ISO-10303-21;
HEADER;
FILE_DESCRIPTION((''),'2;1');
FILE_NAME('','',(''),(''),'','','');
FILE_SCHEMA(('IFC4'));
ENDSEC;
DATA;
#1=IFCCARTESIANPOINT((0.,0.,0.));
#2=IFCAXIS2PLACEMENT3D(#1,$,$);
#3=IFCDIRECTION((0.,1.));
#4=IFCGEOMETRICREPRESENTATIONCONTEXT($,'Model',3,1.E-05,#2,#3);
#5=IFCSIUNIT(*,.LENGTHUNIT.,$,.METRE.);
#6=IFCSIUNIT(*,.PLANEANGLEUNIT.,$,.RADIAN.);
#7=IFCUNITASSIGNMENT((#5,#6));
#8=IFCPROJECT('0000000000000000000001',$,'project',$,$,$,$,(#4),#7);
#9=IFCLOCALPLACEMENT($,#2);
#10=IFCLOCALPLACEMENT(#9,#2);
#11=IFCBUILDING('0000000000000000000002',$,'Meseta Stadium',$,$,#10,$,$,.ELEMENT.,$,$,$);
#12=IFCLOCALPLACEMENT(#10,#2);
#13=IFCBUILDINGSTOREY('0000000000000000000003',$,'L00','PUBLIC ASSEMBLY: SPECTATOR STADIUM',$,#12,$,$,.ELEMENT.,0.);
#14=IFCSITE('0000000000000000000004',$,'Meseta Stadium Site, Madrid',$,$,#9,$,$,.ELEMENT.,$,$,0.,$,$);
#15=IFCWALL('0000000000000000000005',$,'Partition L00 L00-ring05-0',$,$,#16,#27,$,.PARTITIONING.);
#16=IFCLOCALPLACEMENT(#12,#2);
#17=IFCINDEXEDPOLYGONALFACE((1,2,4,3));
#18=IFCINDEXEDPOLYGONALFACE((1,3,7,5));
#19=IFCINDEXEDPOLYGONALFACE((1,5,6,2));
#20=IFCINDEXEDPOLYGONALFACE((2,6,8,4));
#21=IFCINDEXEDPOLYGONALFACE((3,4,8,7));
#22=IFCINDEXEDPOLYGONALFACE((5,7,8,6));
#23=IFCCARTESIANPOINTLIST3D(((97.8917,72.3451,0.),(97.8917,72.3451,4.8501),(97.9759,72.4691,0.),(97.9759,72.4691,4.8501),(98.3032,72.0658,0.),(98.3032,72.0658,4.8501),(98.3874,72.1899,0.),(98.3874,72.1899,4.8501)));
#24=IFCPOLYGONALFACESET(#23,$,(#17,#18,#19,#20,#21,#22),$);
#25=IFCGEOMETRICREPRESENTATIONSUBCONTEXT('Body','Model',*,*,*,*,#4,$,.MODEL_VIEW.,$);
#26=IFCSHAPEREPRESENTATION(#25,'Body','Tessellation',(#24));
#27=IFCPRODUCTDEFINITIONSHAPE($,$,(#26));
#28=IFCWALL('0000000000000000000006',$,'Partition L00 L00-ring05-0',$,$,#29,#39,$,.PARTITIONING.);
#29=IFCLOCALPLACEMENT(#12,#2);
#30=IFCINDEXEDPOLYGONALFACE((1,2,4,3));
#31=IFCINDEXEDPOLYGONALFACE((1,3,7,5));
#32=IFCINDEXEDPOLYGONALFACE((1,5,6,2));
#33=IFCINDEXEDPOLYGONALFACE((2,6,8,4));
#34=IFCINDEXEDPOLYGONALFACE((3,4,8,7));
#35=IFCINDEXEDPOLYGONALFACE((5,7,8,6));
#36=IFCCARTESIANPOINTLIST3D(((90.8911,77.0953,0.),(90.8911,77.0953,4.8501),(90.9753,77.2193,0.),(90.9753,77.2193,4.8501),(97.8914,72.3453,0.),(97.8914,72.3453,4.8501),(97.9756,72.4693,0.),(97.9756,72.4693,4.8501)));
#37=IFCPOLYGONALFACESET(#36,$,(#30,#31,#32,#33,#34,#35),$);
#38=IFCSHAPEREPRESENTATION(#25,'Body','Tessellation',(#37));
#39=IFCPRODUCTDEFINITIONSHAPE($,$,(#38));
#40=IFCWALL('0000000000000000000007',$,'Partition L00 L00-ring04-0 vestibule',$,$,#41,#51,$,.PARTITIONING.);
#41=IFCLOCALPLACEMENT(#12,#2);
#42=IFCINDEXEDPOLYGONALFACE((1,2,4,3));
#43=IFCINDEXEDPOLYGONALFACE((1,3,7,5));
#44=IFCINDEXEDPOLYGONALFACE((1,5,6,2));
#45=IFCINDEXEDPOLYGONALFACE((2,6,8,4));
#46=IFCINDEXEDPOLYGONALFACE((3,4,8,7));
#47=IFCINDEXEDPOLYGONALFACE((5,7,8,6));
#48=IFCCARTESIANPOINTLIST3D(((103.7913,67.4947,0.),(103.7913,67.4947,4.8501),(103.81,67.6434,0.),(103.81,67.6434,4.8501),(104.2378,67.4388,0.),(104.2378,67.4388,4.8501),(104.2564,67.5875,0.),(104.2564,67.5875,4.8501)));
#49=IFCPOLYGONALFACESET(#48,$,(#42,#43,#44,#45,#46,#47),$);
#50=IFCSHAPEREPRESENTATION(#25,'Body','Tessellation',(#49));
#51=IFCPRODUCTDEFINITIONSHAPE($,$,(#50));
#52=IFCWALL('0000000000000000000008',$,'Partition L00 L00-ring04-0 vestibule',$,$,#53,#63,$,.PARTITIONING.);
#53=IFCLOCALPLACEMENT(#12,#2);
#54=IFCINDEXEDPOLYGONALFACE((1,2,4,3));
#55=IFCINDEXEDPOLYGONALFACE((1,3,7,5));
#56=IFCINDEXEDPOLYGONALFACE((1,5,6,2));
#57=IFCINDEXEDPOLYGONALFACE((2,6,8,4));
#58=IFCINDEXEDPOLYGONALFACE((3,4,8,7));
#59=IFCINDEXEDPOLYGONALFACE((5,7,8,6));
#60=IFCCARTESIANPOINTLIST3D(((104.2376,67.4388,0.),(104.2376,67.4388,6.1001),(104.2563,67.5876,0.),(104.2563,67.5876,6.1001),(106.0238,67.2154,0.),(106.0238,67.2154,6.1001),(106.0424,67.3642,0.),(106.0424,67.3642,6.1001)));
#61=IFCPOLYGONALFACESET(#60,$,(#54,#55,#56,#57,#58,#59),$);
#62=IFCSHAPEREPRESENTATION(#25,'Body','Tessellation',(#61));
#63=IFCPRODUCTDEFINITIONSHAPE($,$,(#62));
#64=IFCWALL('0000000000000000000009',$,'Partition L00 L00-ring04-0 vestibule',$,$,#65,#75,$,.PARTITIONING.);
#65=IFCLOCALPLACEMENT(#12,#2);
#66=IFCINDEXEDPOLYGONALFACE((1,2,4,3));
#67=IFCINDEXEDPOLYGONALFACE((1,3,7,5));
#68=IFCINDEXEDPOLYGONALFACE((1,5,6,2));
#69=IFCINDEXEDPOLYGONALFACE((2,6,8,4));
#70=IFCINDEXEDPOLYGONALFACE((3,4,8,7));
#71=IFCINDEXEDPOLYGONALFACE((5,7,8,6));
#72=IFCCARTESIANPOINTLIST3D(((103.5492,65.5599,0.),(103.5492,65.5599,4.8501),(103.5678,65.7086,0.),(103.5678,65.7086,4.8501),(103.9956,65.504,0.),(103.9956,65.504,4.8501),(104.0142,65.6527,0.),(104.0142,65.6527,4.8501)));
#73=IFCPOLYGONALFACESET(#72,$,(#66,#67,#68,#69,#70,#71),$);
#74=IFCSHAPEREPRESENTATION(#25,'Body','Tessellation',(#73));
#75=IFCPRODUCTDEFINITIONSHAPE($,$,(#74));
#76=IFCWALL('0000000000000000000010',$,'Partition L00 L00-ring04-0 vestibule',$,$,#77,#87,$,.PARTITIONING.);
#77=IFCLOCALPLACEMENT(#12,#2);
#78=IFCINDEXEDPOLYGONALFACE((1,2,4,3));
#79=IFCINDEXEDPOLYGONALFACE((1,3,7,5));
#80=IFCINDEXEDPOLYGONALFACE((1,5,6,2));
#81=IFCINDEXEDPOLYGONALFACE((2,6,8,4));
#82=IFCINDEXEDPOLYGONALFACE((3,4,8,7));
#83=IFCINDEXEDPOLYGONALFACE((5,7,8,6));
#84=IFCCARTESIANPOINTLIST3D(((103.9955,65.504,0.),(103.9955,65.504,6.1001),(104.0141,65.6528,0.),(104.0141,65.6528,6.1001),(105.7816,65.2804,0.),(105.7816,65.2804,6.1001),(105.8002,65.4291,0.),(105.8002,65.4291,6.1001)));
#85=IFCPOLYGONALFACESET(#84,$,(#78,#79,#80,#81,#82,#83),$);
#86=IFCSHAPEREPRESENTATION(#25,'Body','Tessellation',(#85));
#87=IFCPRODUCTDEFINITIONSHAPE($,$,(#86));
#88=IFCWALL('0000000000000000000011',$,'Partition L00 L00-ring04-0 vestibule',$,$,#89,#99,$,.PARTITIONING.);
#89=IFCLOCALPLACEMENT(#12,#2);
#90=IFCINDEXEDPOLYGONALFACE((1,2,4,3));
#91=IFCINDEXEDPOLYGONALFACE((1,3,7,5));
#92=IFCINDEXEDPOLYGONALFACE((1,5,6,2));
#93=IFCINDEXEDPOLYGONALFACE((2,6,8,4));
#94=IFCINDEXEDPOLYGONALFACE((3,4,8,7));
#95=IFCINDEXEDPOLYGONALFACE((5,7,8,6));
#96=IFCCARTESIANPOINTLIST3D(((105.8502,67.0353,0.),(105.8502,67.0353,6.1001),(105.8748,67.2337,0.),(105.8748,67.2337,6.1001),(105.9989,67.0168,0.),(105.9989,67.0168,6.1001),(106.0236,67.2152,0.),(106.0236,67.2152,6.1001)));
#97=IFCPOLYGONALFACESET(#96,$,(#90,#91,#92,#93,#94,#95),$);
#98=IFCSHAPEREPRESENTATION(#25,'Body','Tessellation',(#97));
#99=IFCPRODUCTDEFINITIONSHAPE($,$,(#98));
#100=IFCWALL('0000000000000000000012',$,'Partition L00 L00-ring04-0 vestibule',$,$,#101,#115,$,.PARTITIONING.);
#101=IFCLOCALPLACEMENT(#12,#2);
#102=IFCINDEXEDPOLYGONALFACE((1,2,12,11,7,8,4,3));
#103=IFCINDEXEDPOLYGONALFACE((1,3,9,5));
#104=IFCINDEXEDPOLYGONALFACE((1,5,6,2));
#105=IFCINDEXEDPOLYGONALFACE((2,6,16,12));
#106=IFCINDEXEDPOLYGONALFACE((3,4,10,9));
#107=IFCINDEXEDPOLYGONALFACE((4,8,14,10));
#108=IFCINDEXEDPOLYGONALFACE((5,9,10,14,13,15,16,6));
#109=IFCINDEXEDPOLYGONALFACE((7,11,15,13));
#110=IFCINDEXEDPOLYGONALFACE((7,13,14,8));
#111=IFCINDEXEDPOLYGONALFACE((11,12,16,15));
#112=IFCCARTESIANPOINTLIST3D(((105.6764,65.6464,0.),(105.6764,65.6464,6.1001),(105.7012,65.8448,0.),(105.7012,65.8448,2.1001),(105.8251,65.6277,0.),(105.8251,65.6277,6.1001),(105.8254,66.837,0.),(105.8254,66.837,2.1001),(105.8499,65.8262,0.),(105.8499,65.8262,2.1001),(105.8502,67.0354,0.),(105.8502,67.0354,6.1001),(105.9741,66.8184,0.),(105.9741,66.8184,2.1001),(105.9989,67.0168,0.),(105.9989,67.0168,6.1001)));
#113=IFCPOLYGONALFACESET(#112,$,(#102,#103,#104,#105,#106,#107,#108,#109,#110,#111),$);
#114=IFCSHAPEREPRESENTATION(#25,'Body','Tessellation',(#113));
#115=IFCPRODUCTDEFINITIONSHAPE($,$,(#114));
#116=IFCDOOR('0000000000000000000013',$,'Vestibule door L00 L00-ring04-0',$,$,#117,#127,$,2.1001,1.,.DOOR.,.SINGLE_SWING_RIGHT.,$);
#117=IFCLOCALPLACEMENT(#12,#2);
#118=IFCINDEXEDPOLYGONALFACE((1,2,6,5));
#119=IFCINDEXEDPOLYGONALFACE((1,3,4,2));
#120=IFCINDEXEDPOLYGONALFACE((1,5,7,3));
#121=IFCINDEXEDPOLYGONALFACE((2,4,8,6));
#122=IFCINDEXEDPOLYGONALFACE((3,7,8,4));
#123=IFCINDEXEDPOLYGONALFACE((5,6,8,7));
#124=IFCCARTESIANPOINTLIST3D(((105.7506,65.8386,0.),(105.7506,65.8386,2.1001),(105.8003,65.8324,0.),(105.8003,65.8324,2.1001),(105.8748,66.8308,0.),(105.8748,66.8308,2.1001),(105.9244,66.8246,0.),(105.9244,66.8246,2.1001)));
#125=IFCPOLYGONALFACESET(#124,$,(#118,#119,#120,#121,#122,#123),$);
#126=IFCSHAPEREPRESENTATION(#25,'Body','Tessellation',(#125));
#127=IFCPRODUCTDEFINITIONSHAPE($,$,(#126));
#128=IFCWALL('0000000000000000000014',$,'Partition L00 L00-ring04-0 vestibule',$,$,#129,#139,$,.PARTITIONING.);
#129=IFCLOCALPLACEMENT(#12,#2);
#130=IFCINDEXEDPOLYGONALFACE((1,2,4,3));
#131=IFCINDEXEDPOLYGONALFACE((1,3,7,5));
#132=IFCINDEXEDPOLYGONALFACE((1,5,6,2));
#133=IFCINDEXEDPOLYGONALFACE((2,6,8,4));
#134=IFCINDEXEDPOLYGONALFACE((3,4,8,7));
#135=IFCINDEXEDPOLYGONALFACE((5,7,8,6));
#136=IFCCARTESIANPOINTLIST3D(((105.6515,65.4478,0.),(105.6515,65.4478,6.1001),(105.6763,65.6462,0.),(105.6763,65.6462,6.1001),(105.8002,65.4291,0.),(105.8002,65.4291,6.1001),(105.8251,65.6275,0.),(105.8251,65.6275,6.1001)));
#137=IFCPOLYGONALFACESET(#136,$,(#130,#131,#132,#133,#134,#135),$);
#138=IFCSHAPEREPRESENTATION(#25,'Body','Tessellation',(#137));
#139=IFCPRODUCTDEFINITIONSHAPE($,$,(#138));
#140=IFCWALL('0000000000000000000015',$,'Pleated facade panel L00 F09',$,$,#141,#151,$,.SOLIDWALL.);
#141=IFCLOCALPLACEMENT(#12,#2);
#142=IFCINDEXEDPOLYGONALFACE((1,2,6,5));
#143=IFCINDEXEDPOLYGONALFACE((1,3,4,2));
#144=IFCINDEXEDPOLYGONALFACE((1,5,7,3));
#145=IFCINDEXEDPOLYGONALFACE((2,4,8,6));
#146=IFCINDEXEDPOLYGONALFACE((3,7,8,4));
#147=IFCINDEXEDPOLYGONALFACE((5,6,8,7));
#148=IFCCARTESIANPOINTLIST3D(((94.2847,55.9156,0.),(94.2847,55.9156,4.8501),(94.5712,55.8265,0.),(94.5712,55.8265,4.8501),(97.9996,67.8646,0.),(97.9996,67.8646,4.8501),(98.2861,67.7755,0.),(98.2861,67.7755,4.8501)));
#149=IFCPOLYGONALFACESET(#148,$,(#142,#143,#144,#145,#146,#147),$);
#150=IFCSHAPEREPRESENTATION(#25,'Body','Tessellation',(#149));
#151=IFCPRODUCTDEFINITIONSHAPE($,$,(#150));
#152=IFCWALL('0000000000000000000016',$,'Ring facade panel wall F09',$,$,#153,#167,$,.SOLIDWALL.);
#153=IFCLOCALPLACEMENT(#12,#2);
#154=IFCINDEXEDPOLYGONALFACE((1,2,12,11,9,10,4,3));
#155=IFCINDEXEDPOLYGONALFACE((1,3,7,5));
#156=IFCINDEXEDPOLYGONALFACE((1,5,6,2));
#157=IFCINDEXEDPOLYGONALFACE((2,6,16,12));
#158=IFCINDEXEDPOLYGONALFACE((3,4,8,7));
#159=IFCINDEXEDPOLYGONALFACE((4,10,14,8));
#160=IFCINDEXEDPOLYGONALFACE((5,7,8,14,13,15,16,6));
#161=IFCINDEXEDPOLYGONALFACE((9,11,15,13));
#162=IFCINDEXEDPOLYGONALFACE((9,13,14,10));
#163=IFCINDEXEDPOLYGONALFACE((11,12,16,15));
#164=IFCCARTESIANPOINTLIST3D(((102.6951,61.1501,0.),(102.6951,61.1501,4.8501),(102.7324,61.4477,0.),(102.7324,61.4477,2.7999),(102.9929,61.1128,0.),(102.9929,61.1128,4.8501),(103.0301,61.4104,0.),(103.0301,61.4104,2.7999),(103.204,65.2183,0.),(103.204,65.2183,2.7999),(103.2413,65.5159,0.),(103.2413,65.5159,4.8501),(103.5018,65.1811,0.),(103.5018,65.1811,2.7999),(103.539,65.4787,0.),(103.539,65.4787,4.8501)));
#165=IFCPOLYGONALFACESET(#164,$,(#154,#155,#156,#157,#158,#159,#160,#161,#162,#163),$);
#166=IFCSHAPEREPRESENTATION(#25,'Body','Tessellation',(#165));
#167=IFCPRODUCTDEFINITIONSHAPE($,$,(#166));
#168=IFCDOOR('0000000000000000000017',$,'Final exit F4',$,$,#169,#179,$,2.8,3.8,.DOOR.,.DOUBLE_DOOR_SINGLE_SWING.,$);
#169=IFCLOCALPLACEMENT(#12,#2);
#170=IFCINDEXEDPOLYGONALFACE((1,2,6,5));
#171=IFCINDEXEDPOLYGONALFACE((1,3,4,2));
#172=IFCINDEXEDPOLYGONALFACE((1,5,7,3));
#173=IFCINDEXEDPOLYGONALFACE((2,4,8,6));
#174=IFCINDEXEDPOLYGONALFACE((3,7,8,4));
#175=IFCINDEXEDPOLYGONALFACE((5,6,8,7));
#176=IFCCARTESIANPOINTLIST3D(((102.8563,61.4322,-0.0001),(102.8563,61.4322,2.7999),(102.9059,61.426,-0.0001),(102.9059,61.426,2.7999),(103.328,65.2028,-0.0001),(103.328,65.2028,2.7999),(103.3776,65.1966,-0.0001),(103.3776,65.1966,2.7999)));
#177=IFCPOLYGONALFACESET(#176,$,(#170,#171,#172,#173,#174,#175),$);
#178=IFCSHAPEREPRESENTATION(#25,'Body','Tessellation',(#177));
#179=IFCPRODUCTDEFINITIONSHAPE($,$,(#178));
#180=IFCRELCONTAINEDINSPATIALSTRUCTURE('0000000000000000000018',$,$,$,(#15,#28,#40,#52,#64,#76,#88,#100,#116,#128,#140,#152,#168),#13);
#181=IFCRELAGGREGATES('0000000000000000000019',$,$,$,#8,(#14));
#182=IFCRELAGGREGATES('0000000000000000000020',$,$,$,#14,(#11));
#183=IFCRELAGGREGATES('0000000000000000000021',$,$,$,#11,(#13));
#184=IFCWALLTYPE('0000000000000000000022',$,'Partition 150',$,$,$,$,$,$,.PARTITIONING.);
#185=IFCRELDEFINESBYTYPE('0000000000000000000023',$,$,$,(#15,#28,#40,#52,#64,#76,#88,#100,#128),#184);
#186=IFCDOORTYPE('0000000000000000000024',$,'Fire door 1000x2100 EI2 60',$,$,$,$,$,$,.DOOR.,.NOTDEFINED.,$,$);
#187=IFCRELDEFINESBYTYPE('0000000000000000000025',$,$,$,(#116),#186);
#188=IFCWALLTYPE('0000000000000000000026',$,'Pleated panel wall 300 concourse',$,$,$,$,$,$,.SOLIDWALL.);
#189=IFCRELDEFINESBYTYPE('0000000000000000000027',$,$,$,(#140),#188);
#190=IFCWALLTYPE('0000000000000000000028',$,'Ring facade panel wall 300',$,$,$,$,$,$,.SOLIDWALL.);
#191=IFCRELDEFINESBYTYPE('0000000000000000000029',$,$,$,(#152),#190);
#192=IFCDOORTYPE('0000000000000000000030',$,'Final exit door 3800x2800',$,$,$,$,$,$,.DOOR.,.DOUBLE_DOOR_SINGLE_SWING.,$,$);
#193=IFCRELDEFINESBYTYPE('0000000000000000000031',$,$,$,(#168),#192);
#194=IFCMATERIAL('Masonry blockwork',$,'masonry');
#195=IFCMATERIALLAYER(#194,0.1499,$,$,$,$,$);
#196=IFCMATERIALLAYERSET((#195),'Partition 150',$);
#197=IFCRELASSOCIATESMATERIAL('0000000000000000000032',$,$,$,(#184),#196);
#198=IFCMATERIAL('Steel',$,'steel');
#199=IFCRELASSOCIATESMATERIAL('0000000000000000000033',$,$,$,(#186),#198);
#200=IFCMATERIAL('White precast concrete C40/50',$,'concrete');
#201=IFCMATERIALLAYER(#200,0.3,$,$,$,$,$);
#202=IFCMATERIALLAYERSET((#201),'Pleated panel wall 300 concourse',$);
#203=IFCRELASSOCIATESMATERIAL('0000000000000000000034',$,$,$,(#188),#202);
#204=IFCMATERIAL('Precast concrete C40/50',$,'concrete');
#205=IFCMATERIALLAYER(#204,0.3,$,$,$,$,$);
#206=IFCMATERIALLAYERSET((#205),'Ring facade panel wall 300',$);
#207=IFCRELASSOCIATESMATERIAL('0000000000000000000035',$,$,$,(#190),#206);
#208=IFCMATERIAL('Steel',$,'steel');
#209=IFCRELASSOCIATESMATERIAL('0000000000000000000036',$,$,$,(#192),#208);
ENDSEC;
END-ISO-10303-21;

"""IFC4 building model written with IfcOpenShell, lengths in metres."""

from ifc_helpers import new_model, si_unit, direction, frame, frame_2d, origin, place, context, subcontext, project, spatial, rectangle, extrude, material, layer, layer_set, type_object, element, fill, save


model = new_model("IFC4")

# Units and contexts
model_context = context("Model", 3, precision=1e-05, world=origin(), true_north=direction((0.0, 1.0)))
body_context = subcontext(model_context, "Body", "Model", "MODEL_VIEW")
ifc_project = project(units=[si_unit("LENGTHUNIT", "METRE"), si_unit("PLANEANGLEUNIT", "RADIAN")], contexts=[model_context])

# Site, building, storey
site_placement = place(None, origin())
site = spatial("IfcSite", under=ifc_project, at=site_placement, Name="Meseta Stadium Site, Madrid", CompositionType="ELEMENT", RefElevation=0.0)
building_placement = place(site_placement, origin())
building = spatial("IfcBuilding", under=site, at=building_placement, Name="Meseta Stadium", CompositionType="ELEMENT")
storey_placement = place(building_placement, origin())
storey = spatial("IfcBuildingStorey", under=building, at=storey_placement, Name="L00", Description="PUBLIC ASSEMBLY: SPECTATOR STADIUM", CompositionType="ELEMENT", Elevation=0.0)

# Walls
ifc_material_1 = material(Name="Masonry blockwork", Category="masonry")
ifc_layer_1 = layer(ifc_material_1, 0.1499)
ifc_layer_set_1 = layer_set([ifc_layer_1], Name="Partition 150")
wall_type_1 = type_object("IfcWallType", Name="Partition 150", PredefinedType="PARTITIONING", material=ifc_layer_set_1)
wall_1_placement = place(storey_placement, frame((98.3452, 72.1279, 0.0), z_axis=(0.0, 0.0, 1.0), x_axis=(-0.827492, 0.561477, 0.0)))
element("IfcWall", 1, at=wall_1_placement, inside=storey, type_object=wall_type_1, Name="Partition L00 L00-ring05-0", PredefinedType="PARTITIONING", context=body_context, shape_type="SweptSolid", body=[
    extrude(rectangle(XDim=0.4973, YDim=0.1499, at=frame_2d((0.2485, 0.0))), origin(), (0.0, 0.0, 1.0), 4.8501),
])
wall_2_placement = place(storey_placement, frame((97.9336, 72.4072, 0.0), z_axis=(0.0, 0.0, 1.0), x_axis=(-0.827485, 0.561488, 0.0)))
element("IfcWall", 2, at=wall_2_placement, inside=storey, type_object=wall_type_1, Name="Partition L00 L00-ring05-0", PredefinedType="PARTITIONING", context=body_context, shape_type="SweptSolid", body=[
    extrude(rectangle(XDim=8.4597, YDim=0.1499, at=frame_2d((4.23, 0.0))), origin(), (0.0, 0.0, 1.0), 4.8501),
])
wall_3_placement = place(storey_placement, frame((103.8005, 67.5691, 0.0), z_axis=(0.0, 0.0, 1.0), x_axis=(0.992253, -0.124235, 0.0)))
element("IfcWall", 3, at=wall_3_placement, inside=storey, type_object=wall_type_1, Name="Partition L00 L00-ring04-0 vestibule", PredefinedType="PARTITIONING", context=body_context, shape_type="SweptSolid", body=[
    extrude(rectangle(XDim=0.45, YDim=0.1499, at=frame_2d((0.2251, 0.0))), origin(), (0.0, 0.0, 1.0), 4.8501),
])
wall_4_placement = place(storey_placement, frame((104.2471, 67.5132, 0.0), z_axis=(0.0, 0.0, 1.0), x_axis=(0.99227, -0.124102, 0.0)))
element("IfcWall", 4, at=wall_4_placement, inside=storey, type_object=wall_type_1, Name="Partition L00 L00-ring04-0 vestibule", PredefinedType="PARTITIONING", context=body_context, shape_type="SweptSolid", body=[
    extrude(rectangle(XDim=1.8, YDim=0.1499, at=frame_2d((0.8999, 0.0))), origin(), (0.0, 0.0, 1.0), 6.1001),
])
wall_5_placement = place(storey_placement, frame((103.5583, 65.6343, 0.0), z_axis=(0.0, 0.0, 1.0), x_axis=(0.992253, -0.124235, 0.0)))
element("IfcWall", 5, at=wall_5_placement, inside=storey, type_object=wall_type_1, Name="Partition L00 L00-ring04-0 vestibule", PredefinedType="PARTITIONING", context=body_context, shape_type="SweptSolid", body=[
    extrude(rectangle(XDim=0.45, YDim=0.1499, at=frame_2d((0.2251, 0.0))), origin(), (0.0, 0.0, 1.0), 4.8501),
])
wall_6_placement = place(storey_placement, frame((104.0049, 65.5784, 0.0), z_axis=(0.0, 0.0, 1.0), x_axis=(0.992253, -0.124235, 0.0)))
element("IfcWall", 6, at=wall_6_placement, inside=storey, type_object=wall_type_1, Name="Partition L00 L00-ring04-0 vestibule", PredefinedType="PARTITIONING", context=body_context, shape_type="SweptSolid", body=[
    extrude(rectangle(XDim=1.8, YDim=0.1499, at=frame_2d((0.8999, 0.0))), origin(), (0.0, 0.0, 1.0), 6.1001),
])
wall_7_placement = place(storey_placement, frame((105.9492, 67.2246, 0.0), z_axis=(0.0, 0.0, 1.0), x_axis=(-0.123284, -0.992371, 0.0)))
element("IfcWall", 7, at=wall_7_placement, inside=storey, type_object=wall_type_1, Name="Partition L00 L00-ring04-0 vestibule", PredefinedType="PARTITIONING", context=body_context, shape_type="SweptSolid", body=[
    extrude(rectangle(XDim=0.2, YDim=0.1499, at=frame_2d((0.1001, 0.0))), origin(), (0.0, 0.0, 1.0), 6.1001),
])

# Wall, opening, door
wall_8_placement = place(storey_placement, frame((105.9246, 67.0261, 0.0), z_axis=(0.0, 0.0, 1.0), x_axis=(-0.124164, -0.992262, 0.0)))
wall_8 = element("IfcWall", 8, at=wall_8_placement, inside=storey, type_object=wall_type_1, Name="Partition L00 L00-ring04-0 vestibule", PredefinedType="PARTITIONING", context=body_context, shape_type="SweptSolid", body=[
    extrude(rectangle(XDim=1.3999, YDim=0.1499, at=frame_2d((0.7, 0.0))), origin(), (0.0, 0.0, 1.0), 6.1001),
])
opening_1_placement = place(wall_8_placement, frame((0.2, 0.0, 0.0)))
opening_1 = element("IfcOpeningElement", 9, at=opening_1_placement, cuts=wall_8, PredefinedType="OPENING", context=body_context, shape_type="SweptSolid", body=[
    extrude(rectangle(XDim=1.0, YDim=2.1001, at=frame_2d((0.5, 1.05))), frame((0.0, 0.085, 0.0), z_axis=(0.0, -1.0, 0.0), x_axis=(1.0, 0.0, 0.0)), (0.0, 0.0, 1.0), 0.1699),
])
ifc_material_2 = material(Name="Steel", Category="steel")
door_type_1 = type_object("IfcDoorType", Name="Fire door 1000x2100 EI2 60", OperationType="NOTDEFINED", PredefinedType="DOOR", material=ifc_material_2)
door_1_placement = place(opening_1_placement, origin())
door_1 = element("IfcDoor", 10, at=door_1_placement, inside=storey, type_object=door_type_1, Name="Vestibule door L00 L00-ring04-0", OperationType="SINGLE_SWING_RIGHT", OverallHeight=2.1001, OverallWidth=1.0, PredefinedType="DOOR", context=body_context, shape_type="SweptSolid", body=[
    extrude(rectangle(XDim=1.0, YDim=2.1001, at=frame_2d((0.5, 1.05))), frame((0.0, 0.0249, 0.0), z_axis=(0.0, -1.0, 0.0), x_axis=(1.0, 0.0, 0.0)), (0.0, 0.0, 1.0), 0.05),
])
fill(opening_1, door_1)

# Walls
wall_9_placement = place(storey_placement, frame((105.7507, 65.637, 0.0), z_axis=(0.0, 0.0, 1.0), x_axis=(-0.124485, -0.992221, 0.0)))
element("IfcWall", 11, at=wall_9_placement, inside=storey, type_object=wall_type_1, Name="Partition L00 L00-ring04-0 vestibule", PredefinedType="PARTITIONING", context=body_context, shape_type="SweptSolid", body=[
    extrude(rectangle(XDim=0.2, YDim=0.1499, at=frame_2d((0.1001, 0.0))), origin(), (0.0, 0.0, 1.0), 6.1001),
])
ifc_material_3 = material(Name="White precast concrete C40/50", Category="concrete")
ifc_layer_2 = layer(ifc_material_3, 0.3)
ifc_layer_set_2 = layer_set([ifc_layer_2], Name="Pleated panel wall 300 concourse")
wall_type_2 = type_object("IfcWallType", Name="Pleated panel wall 300 concourse", PredefinedType="SOLIDWALL", material=ifc_layer_set_2)
wall_10_placement = place(storey_placement, frame((98.1428, 67.8201, 0.0), z_axis=(0.0, 0.0, 1.0), x_axis=(-0.296876, -0.954916, 0.0)))
element("IfcWall", 12, at=wall_10_placement, inside=storey, type_object=wall_type_2, Name="Pleated facade panel L00 F09", PredefinedType="SOLIDWALL", context=body_context, shape_type="SweptSolid", body=[
    extrude(rectangle(XDim=12.5132, YDim=0.3, at=frame_2d((6.2566, 0.0))), origin(), (0.0, 0.0, 1.0), 4.8501),
])

# Wall, opening, door
ifc_material_4 = material(Name="Precast concrete C40/50", Category="concrete")
ifc_layer_3 = layer(ifc_material_4, 0.3)
ifc_layer_set_3 = layer_set([ifc_layer_3], Name="Ring facade panel wall 300")
wall_type_3 = type_object("IfcWallType", Name="Ring facade panel wall 300", PredefinedType="SOLIDWALL", material=ifc_layer_set_3)
wall_11_placement = place(storey_placement, frame((103.3901, 65.4973, 0.0), z_axis=(0.0, 0.0, 1.0), x_axis=(-0.124124, -0.992267, 0.0)))
wall_11 = element("IfcWall", 13, at=wall_11_placement, inside=storey, type_object=wall_type_3, Name="Ring facade panel wall F09", PredefinedType="SOLIDWALL", context=body_context, shape_type="SweptSolid", body=[
    extrude(rectangle(XDim=4.3999, YDim=0.3, at=frame_2d((2.2, 0.0))), origin(), (0.0, 0.0, 1.0), 4.8501),
])
opening_2_placement = place(wall_11_placement, frame((0.3, 0.0, 0.0)))
opening_2 = element("IfcOpeningElement", 14, at=opening_2_placement, cuts=wall_11, PredefinedType="OPENING", context=body_context, shape_type="SweptSolid", body=[
    extrude(rectangle(XDim=3.8, YDim=2.8, at=frame_2d((1.8999, 1.3999))), frame((0.0, 0.1599, 0.0), z_axis=(0.0, -1.0, 0.0), x_axis=(1.0, 0.0, 0.0)), (0.0, 0.0, 1.0), 0.3201),
])
ifc_material_5 = material(Name="Steel", Category="steel")
door_type_2 = type_object("IfcDoorType", Name="Final exit door 3800x2800", OperationType="DOUBLE_DOOR_SINGLE_SWING", PredefinedType="DOOR", material=ifc_material_5)
door_2_placement = place(opening_2_placement, origin())
door_2 = element("IfcDoor", 15, at=door_2_placement, inside=storey, type_object=door_type_2, Name="Final exit F4", OperationType="DOUBLE_DOOR_SINGLE_SWING", OverallHeight=2.8, OverallWidth=3.8, PredefinedType="DOOR", context=body_context, shape_type="SweptSolid", body=[
    extrude(rectangle(XDim=3.8, YDim=2.8, at=frame_2d((1.8999, 1.3999))), frame((0.0, 0.0249, 0.0), z_axis=(0.0, -1.0, 0.0), x_axis=(1.0, 0.0, 0.0)), (0.0, 0.0, 1.0), 0.05),
])
fill(opening_2, door_2)

save(model, "model.ifc")
